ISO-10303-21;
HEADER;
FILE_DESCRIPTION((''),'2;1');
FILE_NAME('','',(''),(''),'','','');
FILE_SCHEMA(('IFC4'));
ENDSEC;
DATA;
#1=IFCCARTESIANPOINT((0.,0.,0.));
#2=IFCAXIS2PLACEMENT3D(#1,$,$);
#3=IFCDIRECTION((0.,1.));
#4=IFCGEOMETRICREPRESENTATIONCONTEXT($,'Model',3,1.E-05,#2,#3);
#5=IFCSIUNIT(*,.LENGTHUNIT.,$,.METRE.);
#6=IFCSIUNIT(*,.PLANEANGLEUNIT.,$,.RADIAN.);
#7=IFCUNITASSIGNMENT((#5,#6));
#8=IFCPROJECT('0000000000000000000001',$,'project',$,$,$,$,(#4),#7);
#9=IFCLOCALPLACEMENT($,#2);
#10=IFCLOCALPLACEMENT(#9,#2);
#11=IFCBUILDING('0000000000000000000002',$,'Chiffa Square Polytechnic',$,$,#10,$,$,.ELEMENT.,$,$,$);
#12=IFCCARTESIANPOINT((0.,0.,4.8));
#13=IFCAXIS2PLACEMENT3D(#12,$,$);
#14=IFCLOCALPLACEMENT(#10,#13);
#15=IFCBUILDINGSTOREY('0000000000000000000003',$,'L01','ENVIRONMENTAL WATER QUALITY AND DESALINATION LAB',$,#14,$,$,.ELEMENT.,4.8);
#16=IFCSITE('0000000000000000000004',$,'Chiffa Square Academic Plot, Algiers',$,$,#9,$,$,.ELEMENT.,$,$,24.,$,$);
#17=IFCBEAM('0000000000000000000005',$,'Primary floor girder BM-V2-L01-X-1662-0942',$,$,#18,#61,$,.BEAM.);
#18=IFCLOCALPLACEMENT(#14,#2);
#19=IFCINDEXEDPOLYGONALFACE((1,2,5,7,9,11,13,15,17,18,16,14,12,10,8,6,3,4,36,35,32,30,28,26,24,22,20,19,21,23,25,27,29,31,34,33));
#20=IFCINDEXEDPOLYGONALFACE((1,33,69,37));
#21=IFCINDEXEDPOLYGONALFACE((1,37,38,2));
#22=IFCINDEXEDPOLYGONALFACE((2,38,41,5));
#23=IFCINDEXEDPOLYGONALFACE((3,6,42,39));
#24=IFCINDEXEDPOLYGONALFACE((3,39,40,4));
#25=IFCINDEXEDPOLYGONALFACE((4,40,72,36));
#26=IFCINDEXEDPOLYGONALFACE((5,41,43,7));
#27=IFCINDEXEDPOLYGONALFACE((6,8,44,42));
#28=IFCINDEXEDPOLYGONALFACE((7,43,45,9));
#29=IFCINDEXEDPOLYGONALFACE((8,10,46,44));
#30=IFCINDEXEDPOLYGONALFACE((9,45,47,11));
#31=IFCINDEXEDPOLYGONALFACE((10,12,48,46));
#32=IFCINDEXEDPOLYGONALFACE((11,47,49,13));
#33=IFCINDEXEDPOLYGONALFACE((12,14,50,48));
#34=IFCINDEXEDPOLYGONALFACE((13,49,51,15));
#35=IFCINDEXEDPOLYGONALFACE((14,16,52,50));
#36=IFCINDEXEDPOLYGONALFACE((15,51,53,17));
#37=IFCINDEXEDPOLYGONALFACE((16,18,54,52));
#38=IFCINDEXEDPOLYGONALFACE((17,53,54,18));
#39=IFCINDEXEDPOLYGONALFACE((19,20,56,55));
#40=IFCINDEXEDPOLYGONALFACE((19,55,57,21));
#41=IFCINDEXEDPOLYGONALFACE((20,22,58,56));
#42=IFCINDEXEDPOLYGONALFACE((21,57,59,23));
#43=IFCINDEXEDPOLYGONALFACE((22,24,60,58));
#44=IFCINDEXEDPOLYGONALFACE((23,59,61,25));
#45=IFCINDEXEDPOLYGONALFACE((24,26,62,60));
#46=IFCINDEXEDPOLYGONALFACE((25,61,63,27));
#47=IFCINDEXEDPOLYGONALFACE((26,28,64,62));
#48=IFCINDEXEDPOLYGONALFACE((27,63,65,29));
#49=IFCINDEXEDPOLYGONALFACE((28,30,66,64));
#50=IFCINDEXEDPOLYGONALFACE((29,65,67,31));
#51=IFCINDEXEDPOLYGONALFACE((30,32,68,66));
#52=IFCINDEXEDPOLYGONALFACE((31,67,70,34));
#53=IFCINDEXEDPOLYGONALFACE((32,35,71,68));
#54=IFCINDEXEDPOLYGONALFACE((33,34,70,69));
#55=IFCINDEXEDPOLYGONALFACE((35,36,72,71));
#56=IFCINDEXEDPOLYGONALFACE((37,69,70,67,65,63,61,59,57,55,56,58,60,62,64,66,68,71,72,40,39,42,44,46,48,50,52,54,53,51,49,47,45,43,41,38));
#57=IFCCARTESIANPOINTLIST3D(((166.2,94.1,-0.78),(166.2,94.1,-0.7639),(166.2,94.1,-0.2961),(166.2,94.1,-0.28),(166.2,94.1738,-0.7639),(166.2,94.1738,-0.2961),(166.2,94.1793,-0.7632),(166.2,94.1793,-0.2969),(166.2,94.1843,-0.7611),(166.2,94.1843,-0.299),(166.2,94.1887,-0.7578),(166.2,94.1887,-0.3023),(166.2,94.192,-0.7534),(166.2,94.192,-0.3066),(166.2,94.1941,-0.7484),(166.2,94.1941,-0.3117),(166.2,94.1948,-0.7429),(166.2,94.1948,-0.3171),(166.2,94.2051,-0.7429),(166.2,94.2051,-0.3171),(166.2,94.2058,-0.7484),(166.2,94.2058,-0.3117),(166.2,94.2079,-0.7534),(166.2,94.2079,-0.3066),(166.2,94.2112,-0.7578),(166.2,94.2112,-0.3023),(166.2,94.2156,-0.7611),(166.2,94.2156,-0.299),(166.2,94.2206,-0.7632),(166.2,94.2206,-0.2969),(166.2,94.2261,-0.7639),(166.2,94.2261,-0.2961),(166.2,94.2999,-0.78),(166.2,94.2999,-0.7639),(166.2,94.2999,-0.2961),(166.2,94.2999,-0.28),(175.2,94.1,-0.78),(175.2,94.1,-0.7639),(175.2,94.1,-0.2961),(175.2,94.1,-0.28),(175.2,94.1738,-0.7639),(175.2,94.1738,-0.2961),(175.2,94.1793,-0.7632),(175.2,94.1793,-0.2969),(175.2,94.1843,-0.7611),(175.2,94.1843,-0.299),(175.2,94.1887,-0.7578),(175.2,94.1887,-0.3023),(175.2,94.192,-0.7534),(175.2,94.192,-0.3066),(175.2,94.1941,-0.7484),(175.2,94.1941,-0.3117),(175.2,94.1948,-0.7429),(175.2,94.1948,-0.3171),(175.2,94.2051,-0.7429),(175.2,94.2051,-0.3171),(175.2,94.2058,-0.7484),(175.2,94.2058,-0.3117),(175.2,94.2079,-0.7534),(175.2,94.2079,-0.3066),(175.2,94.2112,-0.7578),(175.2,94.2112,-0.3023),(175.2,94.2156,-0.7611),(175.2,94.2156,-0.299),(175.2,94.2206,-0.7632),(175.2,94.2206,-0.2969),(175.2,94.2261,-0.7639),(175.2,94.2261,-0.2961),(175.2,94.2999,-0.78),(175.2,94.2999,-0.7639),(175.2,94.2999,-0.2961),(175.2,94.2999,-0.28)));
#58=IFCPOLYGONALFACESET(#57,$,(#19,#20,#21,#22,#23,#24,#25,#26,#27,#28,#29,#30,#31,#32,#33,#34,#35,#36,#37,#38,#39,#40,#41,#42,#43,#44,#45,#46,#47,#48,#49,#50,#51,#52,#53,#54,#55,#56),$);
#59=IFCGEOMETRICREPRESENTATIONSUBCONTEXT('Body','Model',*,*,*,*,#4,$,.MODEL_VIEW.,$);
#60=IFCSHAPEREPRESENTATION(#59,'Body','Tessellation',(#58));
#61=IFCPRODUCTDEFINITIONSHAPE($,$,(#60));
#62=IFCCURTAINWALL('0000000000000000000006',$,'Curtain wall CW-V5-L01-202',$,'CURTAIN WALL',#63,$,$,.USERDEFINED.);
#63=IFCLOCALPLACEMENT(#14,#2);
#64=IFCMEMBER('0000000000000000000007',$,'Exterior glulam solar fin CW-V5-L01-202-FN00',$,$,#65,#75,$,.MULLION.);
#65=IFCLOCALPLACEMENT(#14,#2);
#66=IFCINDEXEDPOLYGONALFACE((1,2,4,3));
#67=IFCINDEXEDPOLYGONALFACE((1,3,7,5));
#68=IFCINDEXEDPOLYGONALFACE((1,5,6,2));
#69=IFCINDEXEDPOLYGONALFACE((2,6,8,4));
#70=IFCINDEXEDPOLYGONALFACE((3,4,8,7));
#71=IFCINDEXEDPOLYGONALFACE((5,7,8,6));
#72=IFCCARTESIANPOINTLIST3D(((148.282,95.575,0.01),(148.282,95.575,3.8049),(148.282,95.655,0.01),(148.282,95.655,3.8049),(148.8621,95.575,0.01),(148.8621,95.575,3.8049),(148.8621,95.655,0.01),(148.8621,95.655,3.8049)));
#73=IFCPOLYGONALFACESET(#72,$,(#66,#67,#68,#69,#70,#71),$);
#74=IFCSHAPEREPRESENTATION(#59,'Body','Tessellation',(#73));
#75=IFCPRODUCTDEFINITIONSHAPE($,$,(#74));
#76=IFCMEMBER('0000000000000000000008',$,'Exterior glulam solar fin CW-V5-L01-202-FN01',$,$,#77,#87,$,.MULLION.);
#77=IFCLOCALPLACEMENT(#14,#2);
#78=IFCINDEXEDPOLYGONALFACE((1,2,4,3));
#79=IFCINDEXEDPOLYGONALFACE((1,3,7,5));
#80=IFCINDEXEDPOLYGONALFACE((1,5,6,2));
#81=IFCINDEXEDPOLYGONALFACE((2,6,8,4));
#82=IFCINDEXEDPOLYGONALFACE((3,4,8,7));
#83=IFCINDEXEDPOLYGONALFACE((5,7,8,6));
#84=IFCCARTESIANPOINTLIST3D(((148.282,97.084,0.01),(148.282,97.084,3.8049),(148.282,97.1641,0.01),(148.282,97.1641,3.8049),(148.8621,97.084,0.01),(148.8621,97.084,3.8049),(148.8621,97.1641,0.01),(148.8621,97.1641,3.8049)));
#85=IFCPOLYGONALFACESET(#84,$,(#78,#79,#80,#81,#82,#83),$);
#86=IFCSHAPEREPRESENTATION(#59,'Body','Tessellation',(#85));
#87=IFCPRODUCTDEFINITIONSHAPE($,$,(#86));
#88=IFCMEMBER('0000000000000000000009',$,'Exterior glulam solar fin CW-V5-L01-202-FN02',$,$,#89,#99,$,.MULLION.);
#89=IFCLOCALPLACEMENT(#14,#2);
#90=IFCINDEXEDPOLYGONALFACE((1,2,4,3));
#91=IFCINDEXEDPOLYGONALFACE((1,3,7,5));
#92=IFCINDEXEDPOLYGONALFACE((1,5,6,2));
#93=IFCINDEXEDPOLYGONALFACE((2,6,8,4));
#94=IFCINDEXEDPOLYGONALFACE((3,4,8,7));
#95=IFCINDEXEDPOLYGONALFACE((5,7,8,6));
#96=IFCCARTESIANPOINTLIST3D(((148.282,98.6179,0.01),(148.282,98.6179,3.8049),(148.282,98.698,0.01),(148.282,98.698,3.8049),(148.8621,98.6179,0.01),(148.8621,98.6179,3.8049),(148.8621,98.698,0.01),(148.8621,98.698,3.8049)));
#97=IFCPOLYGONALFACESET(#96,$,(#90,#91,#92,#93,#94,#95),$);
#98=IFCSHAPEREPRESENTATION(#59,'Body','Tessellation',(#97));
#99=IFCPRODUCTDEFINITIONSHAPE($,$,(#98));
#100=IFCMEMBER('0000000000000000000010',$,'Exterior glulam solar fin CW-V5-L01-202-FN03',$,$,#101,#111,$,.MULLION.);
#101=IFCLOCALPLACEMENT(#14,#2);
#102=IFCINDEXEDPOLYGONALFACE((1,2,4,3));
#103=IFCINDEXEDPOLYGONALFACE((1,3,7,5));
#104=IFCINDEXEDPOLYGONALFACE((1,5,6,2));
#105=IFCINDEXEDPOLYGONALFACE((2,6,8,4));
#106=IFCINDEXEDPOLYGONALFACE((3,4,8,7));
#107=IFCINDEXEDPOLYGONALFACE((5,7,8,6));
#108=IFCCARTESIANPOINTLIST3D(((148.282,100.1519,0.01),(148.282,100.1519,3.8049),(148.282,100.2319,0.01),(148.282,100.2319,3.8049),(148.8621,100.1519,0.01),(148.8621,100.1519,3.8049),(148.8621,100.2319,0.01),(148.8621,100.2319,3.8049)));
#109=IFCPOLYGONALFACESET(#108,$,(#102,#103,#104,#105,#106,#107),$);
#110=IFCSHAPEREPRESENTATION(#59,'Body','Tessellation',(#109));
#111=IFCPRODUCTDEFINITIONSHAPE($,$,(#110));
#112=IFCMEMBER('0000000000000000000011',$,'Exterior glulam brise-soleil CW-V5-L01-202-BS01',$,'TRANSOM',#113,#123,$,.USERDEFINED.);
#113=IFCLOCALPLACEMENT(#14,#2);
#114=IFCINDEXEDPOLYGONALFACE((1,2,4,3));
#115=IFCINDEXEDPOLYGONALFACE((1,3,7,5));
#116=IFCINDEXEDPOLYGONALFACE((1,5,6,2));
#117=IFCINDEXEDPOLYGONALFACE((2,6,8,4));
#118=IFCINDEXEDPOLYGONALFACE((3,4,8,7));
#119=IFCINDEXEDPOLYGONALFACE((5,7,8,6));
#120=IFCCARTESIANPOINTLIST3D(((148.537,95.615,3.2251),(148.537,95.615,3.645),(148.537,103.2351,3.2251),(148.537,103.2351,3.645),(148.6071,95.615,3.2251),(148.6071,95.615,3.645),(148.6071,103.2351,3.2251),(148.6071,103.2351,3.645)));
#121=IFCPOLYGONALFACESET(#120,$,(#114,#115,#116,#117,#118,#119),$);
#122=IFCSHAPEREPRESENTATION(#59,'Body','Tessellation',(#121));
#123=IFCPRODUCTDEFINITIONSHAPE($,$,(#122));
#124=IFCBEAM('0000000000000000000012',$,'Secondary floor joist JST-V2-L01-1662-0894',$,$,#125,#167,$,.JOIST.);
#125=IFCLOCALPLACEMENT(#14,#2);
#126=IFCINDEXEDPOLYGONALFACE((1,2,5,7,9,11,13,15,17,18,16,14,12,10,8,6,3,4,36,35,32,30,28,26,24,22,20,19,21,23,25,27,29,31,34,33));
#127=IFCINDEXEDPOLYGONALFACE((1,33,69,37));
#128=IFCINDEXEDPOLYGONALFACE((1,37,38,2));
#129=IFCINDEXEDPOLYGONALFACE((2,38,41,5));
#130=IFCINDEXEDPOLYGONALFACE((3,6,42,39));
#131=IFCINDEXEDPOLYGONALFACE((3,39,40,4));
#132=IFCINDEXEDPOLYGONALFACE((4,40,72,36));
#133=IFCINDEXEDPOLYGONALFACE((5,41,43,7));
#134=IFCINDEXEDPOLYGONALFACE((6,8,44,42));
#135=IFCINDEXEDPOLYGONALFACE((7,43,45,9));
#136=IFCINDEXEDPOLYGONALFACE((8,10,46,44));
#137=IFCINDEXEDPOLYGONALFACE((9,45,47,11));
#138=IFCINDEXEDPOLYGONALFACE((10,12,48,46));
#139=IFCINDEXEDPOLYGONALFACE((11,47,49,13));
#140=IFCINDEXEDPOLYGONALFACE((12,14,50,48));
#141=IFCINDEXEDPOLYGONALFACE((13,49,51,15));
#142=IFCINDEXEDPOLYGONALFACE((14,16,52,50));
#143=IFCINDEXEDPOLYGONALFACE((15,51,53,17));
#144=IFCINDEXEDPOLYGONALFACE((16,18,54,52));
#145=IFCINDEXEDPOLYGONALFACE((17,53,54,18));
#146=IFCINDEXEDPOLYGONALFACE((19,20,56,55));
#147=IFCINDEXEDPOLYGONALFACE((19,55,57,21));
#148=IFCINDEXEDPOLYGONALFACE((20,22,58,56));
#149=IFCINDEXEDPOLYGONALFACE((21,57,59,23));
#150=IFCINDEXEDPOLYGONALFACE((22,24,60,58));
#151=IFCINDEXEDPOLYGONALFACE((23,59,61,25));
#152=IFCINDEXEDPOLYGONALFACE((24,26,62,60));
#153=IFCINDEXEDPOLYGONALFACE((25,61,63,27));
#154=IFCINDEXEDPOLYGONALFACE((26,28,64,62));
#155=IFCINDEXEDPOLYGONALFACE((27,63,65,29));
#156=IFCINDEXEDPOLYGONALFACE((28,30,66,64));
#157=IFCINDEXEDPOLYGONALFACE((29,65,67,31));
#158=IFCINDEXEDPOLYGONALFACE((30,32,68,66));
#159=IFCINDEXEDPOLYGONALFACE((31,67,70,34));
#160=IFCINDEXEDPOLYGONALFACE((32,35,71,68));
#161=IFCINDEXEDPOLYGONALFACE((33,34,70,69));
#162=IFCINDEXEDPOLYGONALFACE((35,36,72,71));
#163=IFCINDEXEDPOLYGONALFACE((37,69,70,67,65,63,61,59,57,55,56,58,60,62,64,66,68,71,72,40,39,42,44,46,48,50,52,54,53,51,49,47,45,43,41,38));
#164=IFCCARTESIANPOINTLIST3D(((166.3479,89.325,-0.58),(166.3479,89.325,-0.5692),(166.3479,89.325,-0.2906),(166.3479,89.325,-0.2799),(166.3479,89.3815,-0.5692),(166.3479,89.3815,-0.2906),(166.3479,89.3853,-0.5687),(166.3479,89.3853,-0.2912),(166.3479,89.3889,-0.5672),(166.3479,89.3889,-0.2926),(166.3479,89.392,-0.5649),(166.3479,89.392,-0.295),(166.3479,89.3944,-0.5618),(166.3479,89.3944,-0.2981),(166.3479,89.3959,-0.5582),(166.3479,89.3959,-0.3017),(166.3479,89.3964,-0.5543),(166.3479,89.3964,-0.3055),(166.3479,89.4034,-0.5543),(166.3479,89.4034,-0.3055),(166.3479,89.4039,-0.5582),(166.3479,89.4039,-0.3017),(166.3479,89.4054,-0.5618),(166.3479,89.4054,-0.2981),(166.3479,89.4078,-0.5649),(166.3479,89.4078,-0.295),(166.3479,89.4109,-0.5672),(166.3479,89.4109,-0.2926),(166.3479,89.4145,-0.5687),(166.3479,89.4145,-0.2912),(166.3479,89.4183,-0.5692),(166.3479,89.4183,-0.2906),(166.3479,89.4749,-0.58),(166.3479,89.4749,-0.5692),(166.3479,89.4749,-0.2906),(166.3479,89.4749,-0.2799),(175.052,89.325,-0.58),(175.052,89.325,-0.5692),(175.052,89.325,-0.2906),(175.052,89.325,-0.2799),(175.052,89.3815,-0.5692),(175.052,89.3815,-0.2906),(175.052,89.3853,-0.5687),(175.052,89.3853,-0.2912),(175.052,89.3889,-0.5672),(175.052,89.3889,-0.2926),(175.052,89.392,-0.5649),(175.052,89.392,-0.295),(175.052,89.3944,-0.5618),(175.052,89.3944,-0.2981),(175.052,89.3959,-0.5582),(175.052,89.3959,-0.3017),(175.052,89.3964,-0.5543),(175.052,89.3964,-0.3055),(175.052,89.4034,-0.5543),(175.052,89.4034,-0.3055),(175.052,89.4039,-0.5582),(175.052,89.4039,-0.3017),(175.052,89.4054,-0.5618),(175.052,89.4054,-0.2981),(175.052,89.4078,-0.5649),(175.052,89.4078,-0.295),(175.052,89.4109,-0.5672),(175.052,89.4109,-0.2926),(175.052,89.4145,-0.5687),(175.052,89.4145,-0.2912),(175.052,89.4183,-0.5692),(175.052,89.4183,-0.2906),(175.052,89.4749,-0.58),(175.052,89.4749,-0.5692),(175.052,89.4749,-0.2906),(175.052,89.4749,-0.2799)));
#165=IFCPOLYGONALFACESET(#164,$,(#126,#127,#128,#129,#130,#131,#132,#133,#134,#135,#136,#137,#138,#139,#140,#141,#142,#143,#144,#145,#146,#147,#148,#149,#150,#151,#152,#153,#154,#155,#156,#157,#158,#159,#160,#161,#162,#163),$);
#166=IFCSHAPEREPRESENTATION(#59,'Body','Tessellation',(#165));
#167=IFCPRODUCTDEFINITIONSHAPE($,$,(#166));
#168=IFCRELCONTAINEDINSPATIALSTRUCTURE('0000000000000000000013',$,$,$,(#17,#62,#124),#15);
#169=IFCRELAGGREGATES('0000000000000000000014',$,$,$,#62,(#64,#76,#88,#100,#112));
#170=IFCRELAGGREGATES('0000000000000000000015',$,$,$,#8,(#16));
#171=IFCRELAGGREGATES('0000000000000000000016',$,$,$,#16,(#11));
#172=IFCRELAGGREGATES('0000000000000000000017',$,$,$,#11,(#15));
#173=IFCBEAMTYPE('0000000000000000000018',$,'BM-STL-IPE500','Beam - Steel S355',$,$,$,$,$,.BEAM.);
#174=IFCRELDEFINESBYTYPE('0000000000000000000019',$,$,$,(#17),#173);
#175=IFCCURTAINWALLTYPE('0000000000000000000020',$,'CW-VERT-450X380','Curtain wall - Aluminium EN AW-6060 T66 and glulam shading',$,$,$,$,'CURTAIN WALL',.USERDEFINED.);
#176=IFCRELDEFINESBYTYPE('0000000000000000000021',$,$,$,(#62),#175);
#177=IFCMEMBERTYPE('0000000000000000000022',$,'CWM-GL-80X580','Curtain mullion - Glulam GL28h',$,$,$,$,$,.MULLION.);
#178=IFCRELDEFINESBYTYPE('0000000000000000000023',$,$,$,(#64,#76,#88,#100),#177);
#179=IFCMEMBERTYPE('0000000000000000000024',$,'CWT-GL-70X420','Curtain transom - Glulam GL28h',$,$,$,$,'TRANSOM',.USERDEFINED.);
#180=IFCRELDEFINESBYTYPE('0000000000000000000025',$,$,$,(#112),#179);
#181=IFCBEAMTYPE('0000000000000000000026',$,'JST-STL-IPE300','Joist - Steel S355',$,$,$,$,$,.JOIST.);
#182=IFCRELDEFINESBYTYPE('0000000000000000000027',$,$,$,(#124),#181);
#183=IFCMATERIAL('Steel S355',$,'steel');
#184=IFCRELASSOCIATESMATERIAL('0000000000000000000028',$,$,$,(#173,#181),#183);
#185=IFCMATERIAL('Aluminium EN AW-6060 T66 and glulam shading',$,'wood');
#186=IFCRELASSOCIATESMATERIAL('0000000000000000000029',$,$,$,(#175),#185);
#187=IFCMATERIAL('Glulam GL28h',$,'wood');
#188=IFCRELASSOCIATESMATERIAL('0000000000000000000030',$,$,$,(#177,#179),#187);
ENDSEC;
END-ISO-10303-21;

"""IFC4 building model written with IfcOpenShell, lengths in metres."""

from ifc_helpers import new_model, si_unit, direction, frame, origin, origin_2d, place, context, subcontext, project, spatial, rectangle, i_section, extrude, material, material_profile, profile_set, type_object, element, aggregate, save


model = new_model("IFC4")

# Units and contexts
model_context = context("Model", 3, precision=1e-05, world=origin(), true_north=direction((0.0, 1.0)))
body_context = subcontext(model_context, "Body", "Model", "MODEL_VIEW")
ifc_project = project(units=[si_unit("LENGTHUNIT", "METRE"), si_unit("PLANEANGLEUNIT", "RADIAN")], contexts=[model_context])

# Site, building, storey
site_placement = place(None, origin())
site = spatial("IfcSite", under=ifc_project, at=site_placement, Name="Chiffa Square Academic Plot, Algiers", CompositionType="ELEMENT", RefElevation=24.0)
building_placement = place(site_placement, origin())
building = spatial("IfcBuilding", under=site, at=building_placement, Name="Chiffa Square Polytechnic", CompositionType="ELEMENT")
storey_placement = place(building_placement, frame((0.0, 0.0, 4.8)))
storey = spatial("IfcBuildingStorey", under=building, at=storey_placement, Name="L01", Description="ENVIRONMENTAL WATER QUALITY AND DESALINATION LAB", CompositionType="ELEMENT", Elevation=4.8)

# Shared definitions
ifc_material_1 = material(Name="Steel S355", Category="steel")

# Beam
ifc_material_profile_1 = material_profile(ifc_material_1, i_section(OverallWidth=0.2, OverallDepth=0.5, WebThickness=0.0103, FlangeThickness=0.0161, FilletRadius=0.021, at=origin_2d()), Name="IPE 500")
ifc_profile_set_1 = profile_set([ifc_material_profile_1], Name="Steel S355")
beam_type_1 = type_object("IfcBeamType", Name="BM-STL-IPE500", Description="Beam - Steel S355", PredefinedType="BEAM", material=ifc_profile_set_1)
for number, where, z_axis, x_axis, name in (
    (1, (166.2, 94.2, -0.53), (1.0, 0.0, 0.0), (0.0, 1.0, 0.0), "Primary floor girder BM-V2-L01-X-1662-0942"),
):
    element("IfcBeam", number, at=place(storey_placement, frame(where, z_axis=z_axis, x_axis=x_axis)), inside=storey, type_object=beam_type_1, Name=name, PredefinedType="BEAM", context=body_context, shape_type="SweptSolid", body=[
        extrude(i_section(OverallWidth=0.2, OverallDepth=0.5, WebThickness=0.0103, FlangeThickness=0.0161, FilletRadius=0.021, at=origin_2d()), origin(), (0.0, 0.0, 1.0), 9.0),
    ])

# Curtain wall, members
ifc_material_2 = material(Name="Aluminium EN AW-6060 T66 and glulam shading", Category="wood")
curtain_wall_type = type_object("IfcCurtainWallType", Name="CW-VERT-450X380", Description="Curtain wall - Aluminium EN AW-6060 T66 and glulam shading", ElementType="CURTAIN WALL", PredefinedType="USERDEFINED", material=ifc_material_2)
curtain_wall_placement = place(storey_placement, origin())
curtain_wall = element("IfcCurtainWall", 2, at=curtain_wall_placement, inside=storey, type_object=curtain_wall_type, Name="Curtain wall CW-V5-L01-202", ObjectType="CURTAIN WALL", PredefinedType="USERDEFINED")
ifc_material_3 = material(Name="Glulam GL28h", Category="wood")
ifc_material_profile_2 = material_profile(ifc_material_3, rectangle(XDim=0.0801, YDim=0.5801, at=origin_2d()), Name="GL28h 80x580")
ifc_profile_set_2 = profile_set([ifc_material_profile_2], Name="Glulam GL28h")
member_type_1 = type_object("IfcMemberType", Name="CWM-GL-80X580", Description="Curtain mullion - Glulam GL28h", PredefinedType="MULLION", material=ifc_profile_set_2)
member_1_placement = place(storey_placement, frame((148.572, 95.615, 0.01), z_axis=(0.0, 0.0, 1.0), x_axis=(0.0, 1.0, 0.0)))
member_1 = element("IfcMember", 3, at=member_1_placement, type_object=member_type_1, Name="Exterior glulam solar fin CW-V5-L01-202-FN00", PredefinedType="MULLION", context=body_context, shape_type="SweptSolid", body=[
    extrude(rectangle(XDim=0.0801, YDim=0.5801, at=origin_2d()), origin(), (0.0, 0.0, 1.0), 3.7949),
])
member_2_placement = place(storey_placement, frame((148.572, 97.124, 0.01), z_axis=(0.0, 0.0, 1.0), x_axis=(0.0, 1.0, 0.0)))
member_2 = element("IfcMember", 4, at=member_2_placement, type_object=member_type_1, Name="Exterior glulam solar fin CW-V5-L01-202-FN01", PredefinedType="MULLION", context=body_context, shape_type="SweptSolid", body=[
    extrude(rectangle(XDim=0.0801, YDim=0.5801, at=origin_2d()), origin(), (0.0, 0.0, 1.0), 3.7949),
])
member_3_placement = place(storey_placement, frame((148.572, 98.658, 0.01), z_axis=(0.0, 0.0, 1.0), x_axis=(0.0, 1.0, 0.0)))
member_3 = element("IfcMember", 5, at=member_3_placement, type_object=member_type_1, Name="Exterior glulam solar fin CW-V5-L01-202-FN02", PredefinedType="MULLION", context=body_context, shape_type="SweptSolid", body=[
    extrude(rectangle(XDim=0.0801, YDim=0.5801, at=origin_2d()), origin(), (0.0, 0.0, 1.0), 3.7949),
])
member_4_placement = place(storey_placement, frame((148.572, 100.1919, 0.01), z_axis=(0.0, 0.0, 1.0), x_axis=(0.0, 1.0, 0.0)))
member_4 = element("IfcMember", 6, at=member_4_placement, type_object=member_type_1, Name="Exterior glulam solar fin CW-V5-L01-202-FN03", PredefinedType="MULLION", context=body_context, shape_type="SweptSolid", body=[
    extrude(rectangle(XDim=0.0801, YDim=0.5801, at=origin_2d()), origin(), (0.0, 0.0, 1.0), 3.7949),
])
ifc_material_profile_3 = material_profile(ifc_material_3, rectangle(XDim=0.0701, YDim=0.4199, at=origin_2d()), Name="GL28h 70x420")
ifc_profile_set_3 = profile_set([ifc_material_profile_3], Name="Glulam GL28h")
member_type_2 = type_object("IfcMemberType", Name="CWT-GL-70X420", Description="Curtain transom - Glulam GL28h", ElementType="TRANSOM", PredefinedType="USERDEFINED", material=ifc_profile_set_3)
member_5_placement = place(storey_placement, frame((148.572, 95.615, 3.4351), z_axis=(0.0, 1.0, 0.0), x_axis=(-1.0, 0.0, 0.0)))
member_5 = element("IfcMember", 7, at=member_5_placement, type_object=member_type_2, Name="Exterior glulam brise-soleil CW-V5-L01-202-BS01", ObjectType="TRANSOM", PredefinedType="USERDEFINED", context=body_context, shape_type="SweptSolid", body=[
    extrude(rectangle(XDim=0.0701, YDim=0.4199, at=origin_2d()), origin(), (0.0, 0.0, 1.0), 7.6201),
])
aggregate(curtain_wall, [member_1, member_2, member_3, member_4, member_5])

# Beam
ifc_material_profile_4 = material_profile(ifc_material_1, i_section(OverallWidth=0.1499, OverallDepth=0.3, WebThickness=0.0071, FlangeThickness=0.0107, FilletRadius=0.0149, at=origin_2d()), Name="IPE 300")
ifc_profile_set_4 = profile_set([ifc_material_profile_4], Name="Steel S355")
beam_type_2 = type_object("IfcBeamType", Name="JST-STL-IPE300", Description="Joist - Steel S355", PredefinedType="JOIST", material=ifc_profile_set_4)
for number, where, z_axis, x_axis, name in (
    (8, (166.3479, 89.3999, -0.4299), (1.0, 0.0, 0.0), (0.0, 1.0, 0.0), "Secondary floor joist JST-V2-L01-1662-0894"),
):
    element("IfcBeam", number, at=place(storey_placement, frame(where, z_axis=z_axis, x_axis=x_axis)), inside=storey, type_object=beam_type_2, Name=name, PredefinedType="JOIST", context=body_context, shape_type="SweptSolid", body=[
        extrude(i_section(OverallWidth=0.1499, OverallDepth=0.3, WebThickness=0.0071, FlangeThickness=0.0107, FilletRadius=0.0149, at=origin_2d()), origin(), (0.0, 0.0, 1.0), 8.7041),
    ])

save(model, "model.ifc")
